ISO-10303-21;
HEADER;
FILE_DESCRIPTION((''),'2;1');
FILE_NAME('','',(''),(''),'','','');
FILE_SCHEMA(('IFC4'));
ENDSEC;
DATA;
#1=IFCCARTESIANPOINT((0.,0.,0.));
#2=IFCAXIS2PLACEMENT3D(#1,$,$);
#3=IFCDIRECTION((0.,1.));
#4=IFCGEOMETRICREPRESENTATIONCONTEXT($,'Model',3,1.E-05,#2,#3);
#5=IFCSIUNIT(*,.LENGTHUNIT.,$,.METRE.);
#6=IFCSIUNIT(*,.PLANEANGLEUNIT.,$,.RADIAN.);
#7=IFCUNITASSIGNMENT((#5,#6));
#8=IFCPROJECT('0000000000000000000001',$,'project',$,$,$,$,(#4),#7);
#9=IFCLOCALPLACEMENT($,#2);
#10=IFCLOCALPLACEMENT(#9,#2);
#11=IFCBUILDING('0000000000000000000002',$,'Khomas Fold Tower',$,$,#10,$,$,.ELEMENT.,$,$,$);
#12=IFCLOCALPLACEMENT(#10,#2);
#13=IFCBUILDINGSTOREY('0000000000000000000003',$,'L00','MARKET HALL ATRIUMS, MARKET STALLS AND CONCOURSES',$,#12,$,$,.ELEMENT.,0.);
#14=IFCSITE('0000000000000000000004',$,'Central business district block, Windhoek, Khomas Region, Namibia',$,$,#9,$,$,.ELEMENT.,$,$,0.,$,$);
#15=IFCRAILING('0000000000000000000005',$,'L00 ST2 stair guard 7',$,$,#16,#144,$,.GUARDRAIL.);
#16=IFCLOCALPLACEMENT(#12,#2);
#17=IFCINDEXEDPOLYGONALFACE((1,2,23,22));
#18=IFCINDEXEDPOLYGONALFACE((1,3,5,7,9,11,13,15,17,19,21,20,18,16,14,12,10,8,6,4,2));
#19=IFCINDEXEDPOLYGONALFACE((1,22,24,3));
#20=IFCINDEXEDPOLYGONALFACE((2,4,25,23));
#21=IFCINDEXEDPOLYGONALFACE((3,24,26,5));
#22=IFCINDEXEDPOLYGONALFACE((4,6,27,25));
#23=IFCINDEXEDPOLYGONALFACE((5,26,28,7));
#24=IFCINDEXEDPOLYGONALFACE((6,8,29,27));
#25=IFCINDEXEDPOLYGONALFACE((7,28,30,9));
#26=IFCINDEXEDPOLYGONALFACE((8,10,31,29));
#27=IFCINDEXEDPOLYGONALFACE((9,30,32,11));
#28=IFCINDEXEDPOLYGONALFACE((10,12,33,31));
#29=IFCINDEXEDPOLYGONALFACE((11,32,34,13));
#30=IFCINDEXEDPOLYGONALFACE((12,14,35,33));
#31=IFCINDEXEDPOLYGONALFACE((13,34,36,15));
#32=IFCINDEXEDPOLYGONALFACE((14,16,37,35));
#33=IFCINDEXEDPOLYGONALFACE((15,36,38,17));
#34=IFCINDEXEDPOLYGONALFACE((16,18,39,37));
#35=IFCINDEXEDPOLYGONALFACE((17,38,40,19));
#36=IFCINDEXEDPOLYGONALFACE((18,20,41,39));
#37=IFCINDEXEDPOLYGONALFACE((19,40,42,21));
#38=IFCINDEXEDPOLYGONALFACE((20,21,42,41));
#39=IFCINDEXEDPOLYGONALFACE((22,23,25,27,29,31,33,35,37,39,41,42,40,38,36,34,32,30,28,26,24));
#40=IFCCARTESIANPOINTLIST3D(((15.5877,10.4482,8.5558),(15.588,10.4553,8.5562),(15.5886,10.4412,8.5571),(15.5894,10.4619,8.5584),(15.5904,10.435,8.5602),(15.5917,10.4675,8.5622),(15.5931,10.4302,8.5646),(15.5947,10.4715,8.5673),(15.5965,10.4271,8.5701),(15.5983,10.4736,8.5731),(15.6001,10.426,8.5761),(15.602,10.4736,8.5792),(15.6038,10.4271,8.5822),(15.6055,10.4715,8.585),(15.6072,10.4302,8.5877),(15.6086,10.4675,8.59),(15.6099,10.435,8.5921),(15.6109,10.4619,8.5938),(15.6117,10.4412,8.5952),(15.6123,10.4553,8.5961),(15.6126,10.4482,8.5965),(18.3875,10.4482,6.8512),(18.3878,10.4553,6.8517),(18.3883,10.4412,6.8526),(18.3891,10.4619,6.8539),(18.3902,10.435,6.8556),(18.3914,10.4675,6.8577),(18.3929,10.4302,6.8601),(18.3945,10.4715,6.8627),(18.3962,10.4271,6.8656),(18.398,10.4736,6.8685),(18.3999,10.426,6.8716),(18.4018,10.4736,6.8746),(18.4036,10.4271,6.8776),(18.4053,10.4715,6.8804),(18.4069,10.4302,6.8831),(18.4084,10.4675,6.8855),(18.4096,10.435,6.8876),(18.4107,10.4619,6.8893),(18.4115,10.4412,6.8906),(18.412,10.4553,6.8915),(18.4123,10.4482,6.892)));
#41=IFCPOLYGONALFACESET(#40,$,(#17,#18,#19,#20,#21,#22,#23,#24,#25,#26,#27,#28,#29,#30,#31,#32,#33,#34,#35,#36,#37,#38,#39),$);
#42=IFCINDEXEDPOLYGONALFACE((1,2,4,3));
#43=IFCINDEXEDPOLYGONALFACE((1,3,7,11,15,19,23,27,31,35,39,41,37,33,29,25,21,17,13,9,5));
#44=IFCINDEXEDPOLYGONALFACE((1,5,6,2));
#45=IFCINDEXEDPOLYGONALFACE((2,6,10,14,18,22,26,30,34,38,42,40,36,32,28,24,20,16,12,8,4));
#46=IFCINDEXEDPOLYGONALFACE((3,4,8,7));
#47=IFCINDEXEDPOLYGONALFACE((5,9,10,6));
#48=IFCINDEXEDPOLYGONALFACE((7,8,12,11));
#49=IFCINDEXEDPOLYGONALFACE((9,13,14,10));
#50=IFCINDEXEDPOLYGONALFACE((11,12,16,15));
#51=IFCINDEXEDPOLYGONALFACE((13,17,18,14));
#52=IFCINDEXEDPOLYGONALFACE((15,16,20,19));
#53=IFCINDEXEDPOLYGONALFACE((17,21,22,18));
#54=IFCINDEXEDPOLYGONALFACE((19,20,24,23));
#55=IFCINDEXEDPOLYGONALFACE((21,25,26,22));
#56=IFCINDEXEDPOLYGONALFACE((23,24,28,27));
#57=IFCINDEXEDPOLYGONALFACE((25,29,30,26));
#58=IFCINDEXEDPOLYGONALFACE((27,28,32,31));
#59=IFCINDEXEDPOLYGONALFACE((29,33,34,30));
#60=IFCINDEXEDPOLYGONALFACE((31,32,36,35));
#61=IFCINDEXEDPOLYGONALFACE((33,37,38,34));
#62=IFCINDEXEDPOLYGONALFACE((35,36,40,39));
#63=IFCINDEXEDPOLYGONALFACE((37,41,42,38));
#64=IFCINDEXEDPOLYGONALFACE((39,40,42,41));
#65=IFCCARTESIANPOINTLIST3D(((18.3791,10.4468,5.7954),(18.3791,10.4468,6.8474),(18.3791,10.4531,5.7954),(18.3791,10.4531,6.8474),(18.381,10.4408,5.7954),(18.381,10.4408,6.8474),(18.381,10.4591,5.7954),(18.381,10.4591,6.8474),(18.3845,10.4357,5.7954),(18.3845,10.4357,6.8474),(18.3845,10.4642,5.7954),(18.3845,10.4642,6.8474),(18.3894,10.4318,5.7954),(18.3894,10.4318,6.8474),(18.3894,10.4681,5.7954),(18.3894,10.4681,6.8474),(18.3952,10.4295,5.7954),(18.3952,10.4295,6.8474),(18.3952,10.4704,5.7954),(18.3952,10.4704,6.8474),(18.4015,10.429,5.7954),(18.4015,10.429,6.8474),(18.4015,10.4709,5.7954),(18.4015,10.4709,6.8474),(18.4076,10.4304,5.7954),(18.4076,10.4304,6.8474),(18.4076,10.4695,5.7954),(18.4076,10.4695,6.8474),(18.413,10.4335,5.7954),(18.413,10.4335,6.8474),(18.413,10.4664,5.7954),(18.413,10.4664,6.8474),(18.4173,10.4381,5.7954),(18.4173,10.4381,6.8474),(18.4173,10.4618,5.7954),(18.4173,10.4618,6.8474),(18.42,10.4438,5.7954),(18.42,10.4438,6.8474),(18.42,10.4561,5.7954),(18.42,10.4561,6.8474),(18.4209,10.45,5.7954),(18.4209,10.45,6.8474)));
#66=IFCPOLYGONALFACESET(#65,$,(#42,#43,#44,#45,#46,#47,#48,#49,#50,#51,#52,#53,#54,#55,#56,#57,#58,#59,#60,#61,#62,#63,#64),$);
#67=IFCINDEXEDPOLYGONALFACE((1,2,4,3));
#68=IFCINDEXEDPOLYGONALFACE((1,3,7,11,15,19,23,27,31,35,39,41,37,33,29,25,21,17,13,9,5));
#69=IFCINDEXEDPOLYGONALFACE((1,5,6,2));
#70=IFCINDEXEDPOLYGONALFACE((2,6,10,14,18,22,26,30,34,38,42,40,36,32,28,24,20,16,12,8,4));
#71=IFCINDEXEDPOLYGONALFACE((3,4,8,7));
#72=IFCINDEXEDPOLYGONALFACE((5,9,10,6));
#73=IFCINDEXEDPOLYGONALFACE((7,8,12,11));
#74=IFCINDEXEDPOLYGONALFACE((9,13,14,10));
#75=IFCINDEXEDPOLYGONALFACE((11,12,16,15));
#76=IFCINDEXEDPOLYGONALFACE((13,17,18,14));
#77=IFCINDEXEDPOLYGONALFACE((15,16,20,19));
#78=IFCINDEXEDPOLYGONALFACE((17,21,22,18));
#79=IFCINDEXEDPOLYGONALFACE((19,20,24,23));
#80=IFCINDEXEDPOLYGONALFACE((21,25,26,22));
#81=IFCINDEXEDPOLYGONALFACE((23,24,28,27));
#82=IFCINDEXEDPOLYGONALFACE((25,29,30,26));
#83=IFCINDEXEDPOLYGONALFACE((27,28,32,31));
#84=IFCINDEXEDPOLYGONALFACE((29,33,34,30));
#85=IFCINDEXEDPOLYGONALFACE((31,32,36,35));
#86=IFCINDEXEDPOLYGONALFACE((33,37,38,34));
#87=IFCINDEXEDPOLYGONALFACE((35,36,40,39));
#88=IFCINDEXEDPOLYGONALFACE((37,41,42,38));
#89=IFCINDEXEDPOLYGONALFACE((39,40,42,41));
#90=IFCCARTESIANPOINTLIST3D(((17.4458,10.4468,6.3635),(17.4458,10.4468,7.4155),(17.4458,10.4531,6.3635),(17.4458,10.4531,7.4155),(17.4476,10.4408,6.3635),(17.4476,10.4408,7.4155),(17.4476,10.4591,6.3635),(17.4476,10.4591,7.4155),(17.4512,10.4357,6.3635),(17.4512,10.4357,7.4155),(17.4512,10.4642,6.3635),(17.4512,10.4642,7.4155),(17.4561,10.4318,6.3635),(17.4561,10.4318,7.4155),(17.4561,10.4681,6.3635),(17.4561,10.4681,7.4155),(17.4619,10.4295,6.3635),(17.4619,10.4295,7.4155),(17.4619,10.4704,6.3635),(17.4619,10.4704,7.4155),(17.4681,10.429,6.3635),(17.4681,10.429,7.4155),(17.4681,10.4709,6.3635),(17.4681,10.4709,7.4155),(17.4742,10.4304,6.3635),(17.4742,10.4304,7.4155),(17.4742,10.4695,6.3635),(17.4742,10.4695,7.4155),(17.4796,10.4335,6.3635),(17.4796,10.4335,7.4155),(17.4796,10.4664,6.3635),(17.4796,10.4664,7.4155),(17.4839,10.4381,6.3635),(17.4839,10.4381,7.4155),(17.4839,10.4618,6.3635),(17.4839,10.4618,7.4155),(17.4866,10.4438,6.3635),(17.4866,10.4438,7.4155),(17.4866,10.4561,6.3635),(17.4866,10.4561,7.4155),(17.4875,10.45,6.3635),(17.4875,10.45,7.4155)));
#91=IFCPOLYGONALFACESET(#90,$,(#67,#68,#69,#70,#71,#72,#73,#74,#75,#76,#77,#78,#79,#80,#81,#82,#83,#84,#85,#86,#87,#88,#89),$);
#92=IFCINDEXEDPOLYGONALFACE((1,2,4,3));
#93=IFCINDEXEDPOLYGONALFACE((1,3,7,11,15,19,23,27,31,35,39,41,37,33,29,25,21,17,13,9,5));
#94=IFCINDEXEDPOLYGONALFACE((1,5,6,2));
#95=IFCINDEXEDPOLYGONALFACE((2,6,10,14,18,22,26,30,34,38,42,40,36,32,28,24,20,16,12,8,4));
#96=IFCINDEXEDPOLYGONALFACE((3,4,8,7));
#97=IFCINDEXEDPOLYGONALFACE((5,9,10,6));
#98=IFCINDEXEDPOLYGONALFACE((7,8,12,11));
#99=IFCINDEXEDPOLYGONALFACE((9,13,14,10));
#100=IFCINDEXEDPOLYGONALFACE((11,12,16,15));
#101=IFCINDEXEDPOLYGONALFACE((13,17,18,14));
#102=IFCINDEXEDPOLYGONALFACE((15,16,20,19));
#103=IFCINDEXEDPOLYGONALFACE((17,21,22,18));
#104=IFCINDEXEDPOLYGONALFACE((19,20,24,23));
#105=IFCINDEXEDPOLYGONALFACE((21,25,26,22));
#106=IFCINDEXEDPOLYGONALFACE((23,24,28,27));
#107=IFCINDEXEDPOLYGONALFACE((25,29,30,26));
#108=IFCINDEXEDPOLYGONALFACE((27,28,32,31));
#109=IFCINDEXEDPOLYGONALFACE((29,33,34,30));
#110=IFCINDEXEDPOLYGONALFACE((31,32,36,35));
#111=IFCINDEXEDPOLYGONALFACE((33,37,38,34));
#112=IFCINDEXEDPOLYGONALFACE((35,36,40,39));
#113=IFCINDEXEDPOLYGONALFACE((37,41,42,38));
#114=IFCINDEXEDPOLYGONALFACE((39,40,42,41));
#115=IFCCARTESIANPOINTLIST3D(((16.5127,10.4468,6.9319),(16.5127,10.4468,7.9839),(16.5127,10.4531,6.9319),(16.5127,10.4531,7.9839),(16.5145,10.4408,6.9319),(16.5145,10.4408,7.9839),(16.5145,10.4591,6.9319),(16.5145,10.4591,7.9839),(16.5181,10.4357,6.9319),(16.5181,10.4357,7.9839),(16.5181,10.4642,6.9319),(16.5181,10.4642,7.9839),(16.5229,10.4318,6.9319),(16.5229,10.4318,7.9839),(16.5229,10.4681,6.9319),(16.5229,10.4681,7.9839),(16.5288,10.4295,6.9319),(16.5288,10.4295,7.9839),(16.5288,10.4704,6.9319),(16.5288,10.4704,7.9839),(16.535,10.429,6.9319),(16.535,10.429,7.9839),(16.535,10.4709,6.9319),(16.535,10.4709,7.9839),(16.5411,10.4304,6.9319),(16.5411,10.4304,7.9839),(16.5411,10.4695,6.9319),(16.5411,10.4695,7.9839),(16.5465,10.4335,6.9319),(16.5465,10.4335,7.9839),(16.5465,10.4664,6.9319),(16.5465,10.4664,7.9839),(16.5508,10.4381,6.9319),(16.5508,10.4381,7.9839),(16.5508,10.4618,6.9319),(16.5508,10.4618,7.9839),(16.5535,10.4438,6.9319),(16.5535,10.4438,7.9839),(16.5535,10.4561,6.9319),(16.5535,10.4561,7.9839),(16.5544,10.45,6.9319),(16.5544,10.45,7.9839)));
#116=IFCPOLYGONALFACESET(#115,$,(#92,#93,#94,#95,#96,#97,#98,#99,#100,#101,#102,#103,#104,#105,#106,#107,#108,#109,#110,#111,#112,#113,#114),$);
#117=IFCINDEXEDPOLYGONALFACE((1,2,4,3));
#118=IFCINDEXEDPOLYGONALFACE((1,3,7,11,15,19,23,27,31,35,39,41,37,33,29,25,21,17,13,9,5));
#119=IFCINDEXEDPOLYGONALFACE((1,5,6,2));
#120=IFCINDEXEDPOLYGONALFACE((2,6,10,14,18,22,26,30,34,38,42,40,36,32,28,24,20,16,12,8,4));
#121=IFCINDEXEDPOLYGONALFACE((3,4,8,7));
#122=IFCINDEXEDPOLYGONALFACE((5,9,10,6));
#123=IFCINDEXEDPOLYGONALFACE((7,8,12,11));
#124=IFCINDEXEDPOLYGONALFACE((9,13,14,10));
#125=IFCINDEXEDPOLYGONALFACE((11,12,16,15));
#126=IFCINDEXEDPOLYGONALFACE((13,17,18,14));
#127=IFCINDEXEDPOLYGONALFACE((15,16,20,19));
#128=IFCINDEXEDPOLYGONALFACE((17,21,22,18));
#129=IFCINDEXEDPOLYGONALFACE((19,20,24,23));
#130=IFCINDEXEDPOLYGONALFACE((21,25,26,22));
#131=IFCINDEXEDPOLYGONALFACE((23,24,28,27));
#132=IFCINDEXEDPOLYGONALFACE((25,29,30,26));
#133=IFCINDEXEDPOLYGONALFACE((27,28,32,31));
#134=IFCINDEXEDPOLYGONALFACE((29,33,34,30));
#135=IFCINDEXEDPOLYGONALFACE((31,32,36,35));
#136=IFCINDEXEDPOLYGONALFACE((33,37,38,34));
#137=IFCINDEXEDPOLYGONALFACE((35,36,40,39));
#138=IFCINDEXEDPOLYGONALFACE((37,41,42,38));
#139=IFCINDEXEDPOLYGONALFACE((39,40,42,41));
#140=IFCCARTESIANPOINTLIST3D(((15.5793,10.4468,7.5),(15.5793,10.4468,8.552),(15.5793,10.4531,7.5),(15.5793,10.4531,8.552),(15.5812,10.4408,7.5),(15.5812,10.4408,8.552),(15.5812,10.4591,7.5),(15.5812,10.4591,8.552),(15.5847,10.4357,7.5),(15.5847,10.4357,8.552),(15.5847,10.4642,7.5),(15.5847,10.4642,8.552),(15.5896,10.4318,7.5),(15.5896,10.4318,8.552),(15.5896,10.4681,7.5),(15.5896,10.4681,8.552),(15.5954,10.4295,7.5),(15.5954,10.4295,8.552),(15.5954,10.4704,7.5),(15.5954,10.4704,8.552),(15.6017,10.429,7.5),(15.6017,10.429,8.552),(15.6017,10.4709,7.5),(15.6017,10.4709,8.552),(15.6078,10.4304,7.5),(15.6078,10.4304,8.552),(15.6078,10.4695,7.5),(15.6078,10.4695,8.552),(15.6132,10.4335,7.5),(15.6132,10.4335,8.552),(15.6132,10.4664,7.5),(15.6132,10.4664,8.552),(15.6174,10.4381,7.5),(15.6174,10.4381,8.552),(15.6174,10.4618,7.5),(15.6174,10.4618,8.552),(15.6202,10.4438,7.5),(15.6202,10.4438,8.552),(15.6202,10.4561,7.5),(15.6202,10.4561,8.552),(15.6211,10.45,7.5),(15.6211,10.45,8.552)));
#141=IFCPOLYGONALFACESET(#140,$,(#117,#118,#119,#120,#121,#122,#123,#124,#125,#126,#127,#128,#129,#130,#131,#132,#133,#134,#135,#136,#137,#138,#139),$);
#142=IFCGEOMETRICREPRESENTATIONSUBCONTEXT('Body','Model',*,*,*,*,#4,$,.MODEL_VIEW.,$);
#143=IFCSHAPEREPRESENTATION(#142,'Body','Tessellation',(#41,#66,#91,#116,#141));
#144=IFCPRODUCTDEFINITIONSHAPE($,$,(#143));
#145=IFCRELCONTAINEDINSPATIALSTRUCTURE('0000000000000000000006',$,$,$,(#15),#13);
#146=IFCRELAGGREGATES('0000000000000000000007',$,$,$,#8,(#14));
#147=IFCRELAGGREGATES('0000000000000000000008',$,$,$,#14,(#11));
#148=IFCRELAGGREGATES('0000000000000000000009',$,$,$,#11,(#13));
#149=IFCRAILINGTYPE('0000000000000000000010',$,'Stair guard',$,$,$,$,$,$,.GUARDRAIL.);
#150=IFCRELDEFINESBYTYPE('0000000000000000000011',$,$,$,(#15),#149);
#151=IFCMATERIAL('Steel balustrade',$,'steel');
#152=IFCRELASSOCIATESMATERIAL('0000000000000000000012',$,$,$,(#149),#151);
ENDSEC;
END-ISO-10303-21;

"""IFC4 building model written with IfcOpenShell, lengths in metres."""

from ifc_helpers import new_model, si_unit, direction, frame, origin, origin_2d, place, context, subcontext, project, spatial, circle, extrude, source, transform, mapped, material, type_object, element, save


model = new_model("IFC4")

# Units and contexts
model_context = context("Model", 3, precision=1e-05, world=origin(), true_north=direction((0.0, 1.0)))
body_context = subcontext(model_context, "Body", "Model", "MODEL_VIEW")
ifc_project = project(units=[si_unit("LENGTHUNIT", "METRE"), si_unit("PLANEANGLEUNIT", "RADIAN")], contexts=[model_context])

# Site, building, storey
site_placement = place(None, origin())
site = spatial("IfcSite", under=ifc_project, at=site_placement, Name="Central business district block, Windhoek, Khomas Region, Namibia", CompositionType="ELEMENT", RefElevation=0.0)
building_placement = place(site_placement, origin())
building = spatial("IfcBuilding", under=site, at=building_placement, Name="Khomas Fold Tower", CompositionType="ELEMENT")
storey_placement = place(building_placement, origin())
storey = spatial("IfcBuildingStorey", under=building, at=storey_placement, Name="L00", Description="MARKET HALL ATRIUMS, MARKET STALLS AND CONCOURSES", CompositionType="ELEMENT", Elevation=0.0)

# Railing
ifc_material_1 = material(Name="Steel balustrade", Category="steel")
railing_type_1 = type_object("IfcRailingType", Name="Stair guard", PredefinedType="GUARDRAIL", material=ifc_material_1)
shared_shape_1 = source(origin(), body_context, "Body", "SweptSolid", [
    extrude(circle(Radius=0.0239, at=origin_2d()), frame((0.0, 0.0, 1.0762), z_axis=(-0.85415, 0.0, 0.520027), x_axis=(0.0, -1.0, 0.0)), (0.0, 0.0, 1.0), 3.2778),
    extrude(circle(Radius=0.021, at=origin_2d()), origin(), (0.0, 0.0, 1.0), 1.052),
    extrude(circle(Radius=0.021, at=origin_2d()), frame((-0.9333, 0.0, 0.5681)), (0.0, 0.0, 1.0), 1.052),
    extrude(circle(Radius=0.021, at=origin_2d()), frame((-1.8665, 0.0, 1.1365)), (0.0, 0.0, 1.0), 1.052),
    extrude(circle(Radius=0.021, at=origin_2d()), frame((-2.7998, 0.0, 1.7046)), (0.0, 0.0, 1.0), 1.052),
])
for number, where, name in (
    (1, (18.3999, 10.45, 5.7954), "L00 ST2 stair guard 7"),
):
    element("IfcRailing", number, at=place(storey_placement, frame(where)), inside=storey, type_object=railing_type_1, Name=name, PredefinedType="GUARDRAIL", context=body_context, shape_type="MappedRepresentation", body=[
        mapped(shared_shape_1, transform((0.0, 0.0, 0.0))),
    ])

save(model, "model.ifc")
